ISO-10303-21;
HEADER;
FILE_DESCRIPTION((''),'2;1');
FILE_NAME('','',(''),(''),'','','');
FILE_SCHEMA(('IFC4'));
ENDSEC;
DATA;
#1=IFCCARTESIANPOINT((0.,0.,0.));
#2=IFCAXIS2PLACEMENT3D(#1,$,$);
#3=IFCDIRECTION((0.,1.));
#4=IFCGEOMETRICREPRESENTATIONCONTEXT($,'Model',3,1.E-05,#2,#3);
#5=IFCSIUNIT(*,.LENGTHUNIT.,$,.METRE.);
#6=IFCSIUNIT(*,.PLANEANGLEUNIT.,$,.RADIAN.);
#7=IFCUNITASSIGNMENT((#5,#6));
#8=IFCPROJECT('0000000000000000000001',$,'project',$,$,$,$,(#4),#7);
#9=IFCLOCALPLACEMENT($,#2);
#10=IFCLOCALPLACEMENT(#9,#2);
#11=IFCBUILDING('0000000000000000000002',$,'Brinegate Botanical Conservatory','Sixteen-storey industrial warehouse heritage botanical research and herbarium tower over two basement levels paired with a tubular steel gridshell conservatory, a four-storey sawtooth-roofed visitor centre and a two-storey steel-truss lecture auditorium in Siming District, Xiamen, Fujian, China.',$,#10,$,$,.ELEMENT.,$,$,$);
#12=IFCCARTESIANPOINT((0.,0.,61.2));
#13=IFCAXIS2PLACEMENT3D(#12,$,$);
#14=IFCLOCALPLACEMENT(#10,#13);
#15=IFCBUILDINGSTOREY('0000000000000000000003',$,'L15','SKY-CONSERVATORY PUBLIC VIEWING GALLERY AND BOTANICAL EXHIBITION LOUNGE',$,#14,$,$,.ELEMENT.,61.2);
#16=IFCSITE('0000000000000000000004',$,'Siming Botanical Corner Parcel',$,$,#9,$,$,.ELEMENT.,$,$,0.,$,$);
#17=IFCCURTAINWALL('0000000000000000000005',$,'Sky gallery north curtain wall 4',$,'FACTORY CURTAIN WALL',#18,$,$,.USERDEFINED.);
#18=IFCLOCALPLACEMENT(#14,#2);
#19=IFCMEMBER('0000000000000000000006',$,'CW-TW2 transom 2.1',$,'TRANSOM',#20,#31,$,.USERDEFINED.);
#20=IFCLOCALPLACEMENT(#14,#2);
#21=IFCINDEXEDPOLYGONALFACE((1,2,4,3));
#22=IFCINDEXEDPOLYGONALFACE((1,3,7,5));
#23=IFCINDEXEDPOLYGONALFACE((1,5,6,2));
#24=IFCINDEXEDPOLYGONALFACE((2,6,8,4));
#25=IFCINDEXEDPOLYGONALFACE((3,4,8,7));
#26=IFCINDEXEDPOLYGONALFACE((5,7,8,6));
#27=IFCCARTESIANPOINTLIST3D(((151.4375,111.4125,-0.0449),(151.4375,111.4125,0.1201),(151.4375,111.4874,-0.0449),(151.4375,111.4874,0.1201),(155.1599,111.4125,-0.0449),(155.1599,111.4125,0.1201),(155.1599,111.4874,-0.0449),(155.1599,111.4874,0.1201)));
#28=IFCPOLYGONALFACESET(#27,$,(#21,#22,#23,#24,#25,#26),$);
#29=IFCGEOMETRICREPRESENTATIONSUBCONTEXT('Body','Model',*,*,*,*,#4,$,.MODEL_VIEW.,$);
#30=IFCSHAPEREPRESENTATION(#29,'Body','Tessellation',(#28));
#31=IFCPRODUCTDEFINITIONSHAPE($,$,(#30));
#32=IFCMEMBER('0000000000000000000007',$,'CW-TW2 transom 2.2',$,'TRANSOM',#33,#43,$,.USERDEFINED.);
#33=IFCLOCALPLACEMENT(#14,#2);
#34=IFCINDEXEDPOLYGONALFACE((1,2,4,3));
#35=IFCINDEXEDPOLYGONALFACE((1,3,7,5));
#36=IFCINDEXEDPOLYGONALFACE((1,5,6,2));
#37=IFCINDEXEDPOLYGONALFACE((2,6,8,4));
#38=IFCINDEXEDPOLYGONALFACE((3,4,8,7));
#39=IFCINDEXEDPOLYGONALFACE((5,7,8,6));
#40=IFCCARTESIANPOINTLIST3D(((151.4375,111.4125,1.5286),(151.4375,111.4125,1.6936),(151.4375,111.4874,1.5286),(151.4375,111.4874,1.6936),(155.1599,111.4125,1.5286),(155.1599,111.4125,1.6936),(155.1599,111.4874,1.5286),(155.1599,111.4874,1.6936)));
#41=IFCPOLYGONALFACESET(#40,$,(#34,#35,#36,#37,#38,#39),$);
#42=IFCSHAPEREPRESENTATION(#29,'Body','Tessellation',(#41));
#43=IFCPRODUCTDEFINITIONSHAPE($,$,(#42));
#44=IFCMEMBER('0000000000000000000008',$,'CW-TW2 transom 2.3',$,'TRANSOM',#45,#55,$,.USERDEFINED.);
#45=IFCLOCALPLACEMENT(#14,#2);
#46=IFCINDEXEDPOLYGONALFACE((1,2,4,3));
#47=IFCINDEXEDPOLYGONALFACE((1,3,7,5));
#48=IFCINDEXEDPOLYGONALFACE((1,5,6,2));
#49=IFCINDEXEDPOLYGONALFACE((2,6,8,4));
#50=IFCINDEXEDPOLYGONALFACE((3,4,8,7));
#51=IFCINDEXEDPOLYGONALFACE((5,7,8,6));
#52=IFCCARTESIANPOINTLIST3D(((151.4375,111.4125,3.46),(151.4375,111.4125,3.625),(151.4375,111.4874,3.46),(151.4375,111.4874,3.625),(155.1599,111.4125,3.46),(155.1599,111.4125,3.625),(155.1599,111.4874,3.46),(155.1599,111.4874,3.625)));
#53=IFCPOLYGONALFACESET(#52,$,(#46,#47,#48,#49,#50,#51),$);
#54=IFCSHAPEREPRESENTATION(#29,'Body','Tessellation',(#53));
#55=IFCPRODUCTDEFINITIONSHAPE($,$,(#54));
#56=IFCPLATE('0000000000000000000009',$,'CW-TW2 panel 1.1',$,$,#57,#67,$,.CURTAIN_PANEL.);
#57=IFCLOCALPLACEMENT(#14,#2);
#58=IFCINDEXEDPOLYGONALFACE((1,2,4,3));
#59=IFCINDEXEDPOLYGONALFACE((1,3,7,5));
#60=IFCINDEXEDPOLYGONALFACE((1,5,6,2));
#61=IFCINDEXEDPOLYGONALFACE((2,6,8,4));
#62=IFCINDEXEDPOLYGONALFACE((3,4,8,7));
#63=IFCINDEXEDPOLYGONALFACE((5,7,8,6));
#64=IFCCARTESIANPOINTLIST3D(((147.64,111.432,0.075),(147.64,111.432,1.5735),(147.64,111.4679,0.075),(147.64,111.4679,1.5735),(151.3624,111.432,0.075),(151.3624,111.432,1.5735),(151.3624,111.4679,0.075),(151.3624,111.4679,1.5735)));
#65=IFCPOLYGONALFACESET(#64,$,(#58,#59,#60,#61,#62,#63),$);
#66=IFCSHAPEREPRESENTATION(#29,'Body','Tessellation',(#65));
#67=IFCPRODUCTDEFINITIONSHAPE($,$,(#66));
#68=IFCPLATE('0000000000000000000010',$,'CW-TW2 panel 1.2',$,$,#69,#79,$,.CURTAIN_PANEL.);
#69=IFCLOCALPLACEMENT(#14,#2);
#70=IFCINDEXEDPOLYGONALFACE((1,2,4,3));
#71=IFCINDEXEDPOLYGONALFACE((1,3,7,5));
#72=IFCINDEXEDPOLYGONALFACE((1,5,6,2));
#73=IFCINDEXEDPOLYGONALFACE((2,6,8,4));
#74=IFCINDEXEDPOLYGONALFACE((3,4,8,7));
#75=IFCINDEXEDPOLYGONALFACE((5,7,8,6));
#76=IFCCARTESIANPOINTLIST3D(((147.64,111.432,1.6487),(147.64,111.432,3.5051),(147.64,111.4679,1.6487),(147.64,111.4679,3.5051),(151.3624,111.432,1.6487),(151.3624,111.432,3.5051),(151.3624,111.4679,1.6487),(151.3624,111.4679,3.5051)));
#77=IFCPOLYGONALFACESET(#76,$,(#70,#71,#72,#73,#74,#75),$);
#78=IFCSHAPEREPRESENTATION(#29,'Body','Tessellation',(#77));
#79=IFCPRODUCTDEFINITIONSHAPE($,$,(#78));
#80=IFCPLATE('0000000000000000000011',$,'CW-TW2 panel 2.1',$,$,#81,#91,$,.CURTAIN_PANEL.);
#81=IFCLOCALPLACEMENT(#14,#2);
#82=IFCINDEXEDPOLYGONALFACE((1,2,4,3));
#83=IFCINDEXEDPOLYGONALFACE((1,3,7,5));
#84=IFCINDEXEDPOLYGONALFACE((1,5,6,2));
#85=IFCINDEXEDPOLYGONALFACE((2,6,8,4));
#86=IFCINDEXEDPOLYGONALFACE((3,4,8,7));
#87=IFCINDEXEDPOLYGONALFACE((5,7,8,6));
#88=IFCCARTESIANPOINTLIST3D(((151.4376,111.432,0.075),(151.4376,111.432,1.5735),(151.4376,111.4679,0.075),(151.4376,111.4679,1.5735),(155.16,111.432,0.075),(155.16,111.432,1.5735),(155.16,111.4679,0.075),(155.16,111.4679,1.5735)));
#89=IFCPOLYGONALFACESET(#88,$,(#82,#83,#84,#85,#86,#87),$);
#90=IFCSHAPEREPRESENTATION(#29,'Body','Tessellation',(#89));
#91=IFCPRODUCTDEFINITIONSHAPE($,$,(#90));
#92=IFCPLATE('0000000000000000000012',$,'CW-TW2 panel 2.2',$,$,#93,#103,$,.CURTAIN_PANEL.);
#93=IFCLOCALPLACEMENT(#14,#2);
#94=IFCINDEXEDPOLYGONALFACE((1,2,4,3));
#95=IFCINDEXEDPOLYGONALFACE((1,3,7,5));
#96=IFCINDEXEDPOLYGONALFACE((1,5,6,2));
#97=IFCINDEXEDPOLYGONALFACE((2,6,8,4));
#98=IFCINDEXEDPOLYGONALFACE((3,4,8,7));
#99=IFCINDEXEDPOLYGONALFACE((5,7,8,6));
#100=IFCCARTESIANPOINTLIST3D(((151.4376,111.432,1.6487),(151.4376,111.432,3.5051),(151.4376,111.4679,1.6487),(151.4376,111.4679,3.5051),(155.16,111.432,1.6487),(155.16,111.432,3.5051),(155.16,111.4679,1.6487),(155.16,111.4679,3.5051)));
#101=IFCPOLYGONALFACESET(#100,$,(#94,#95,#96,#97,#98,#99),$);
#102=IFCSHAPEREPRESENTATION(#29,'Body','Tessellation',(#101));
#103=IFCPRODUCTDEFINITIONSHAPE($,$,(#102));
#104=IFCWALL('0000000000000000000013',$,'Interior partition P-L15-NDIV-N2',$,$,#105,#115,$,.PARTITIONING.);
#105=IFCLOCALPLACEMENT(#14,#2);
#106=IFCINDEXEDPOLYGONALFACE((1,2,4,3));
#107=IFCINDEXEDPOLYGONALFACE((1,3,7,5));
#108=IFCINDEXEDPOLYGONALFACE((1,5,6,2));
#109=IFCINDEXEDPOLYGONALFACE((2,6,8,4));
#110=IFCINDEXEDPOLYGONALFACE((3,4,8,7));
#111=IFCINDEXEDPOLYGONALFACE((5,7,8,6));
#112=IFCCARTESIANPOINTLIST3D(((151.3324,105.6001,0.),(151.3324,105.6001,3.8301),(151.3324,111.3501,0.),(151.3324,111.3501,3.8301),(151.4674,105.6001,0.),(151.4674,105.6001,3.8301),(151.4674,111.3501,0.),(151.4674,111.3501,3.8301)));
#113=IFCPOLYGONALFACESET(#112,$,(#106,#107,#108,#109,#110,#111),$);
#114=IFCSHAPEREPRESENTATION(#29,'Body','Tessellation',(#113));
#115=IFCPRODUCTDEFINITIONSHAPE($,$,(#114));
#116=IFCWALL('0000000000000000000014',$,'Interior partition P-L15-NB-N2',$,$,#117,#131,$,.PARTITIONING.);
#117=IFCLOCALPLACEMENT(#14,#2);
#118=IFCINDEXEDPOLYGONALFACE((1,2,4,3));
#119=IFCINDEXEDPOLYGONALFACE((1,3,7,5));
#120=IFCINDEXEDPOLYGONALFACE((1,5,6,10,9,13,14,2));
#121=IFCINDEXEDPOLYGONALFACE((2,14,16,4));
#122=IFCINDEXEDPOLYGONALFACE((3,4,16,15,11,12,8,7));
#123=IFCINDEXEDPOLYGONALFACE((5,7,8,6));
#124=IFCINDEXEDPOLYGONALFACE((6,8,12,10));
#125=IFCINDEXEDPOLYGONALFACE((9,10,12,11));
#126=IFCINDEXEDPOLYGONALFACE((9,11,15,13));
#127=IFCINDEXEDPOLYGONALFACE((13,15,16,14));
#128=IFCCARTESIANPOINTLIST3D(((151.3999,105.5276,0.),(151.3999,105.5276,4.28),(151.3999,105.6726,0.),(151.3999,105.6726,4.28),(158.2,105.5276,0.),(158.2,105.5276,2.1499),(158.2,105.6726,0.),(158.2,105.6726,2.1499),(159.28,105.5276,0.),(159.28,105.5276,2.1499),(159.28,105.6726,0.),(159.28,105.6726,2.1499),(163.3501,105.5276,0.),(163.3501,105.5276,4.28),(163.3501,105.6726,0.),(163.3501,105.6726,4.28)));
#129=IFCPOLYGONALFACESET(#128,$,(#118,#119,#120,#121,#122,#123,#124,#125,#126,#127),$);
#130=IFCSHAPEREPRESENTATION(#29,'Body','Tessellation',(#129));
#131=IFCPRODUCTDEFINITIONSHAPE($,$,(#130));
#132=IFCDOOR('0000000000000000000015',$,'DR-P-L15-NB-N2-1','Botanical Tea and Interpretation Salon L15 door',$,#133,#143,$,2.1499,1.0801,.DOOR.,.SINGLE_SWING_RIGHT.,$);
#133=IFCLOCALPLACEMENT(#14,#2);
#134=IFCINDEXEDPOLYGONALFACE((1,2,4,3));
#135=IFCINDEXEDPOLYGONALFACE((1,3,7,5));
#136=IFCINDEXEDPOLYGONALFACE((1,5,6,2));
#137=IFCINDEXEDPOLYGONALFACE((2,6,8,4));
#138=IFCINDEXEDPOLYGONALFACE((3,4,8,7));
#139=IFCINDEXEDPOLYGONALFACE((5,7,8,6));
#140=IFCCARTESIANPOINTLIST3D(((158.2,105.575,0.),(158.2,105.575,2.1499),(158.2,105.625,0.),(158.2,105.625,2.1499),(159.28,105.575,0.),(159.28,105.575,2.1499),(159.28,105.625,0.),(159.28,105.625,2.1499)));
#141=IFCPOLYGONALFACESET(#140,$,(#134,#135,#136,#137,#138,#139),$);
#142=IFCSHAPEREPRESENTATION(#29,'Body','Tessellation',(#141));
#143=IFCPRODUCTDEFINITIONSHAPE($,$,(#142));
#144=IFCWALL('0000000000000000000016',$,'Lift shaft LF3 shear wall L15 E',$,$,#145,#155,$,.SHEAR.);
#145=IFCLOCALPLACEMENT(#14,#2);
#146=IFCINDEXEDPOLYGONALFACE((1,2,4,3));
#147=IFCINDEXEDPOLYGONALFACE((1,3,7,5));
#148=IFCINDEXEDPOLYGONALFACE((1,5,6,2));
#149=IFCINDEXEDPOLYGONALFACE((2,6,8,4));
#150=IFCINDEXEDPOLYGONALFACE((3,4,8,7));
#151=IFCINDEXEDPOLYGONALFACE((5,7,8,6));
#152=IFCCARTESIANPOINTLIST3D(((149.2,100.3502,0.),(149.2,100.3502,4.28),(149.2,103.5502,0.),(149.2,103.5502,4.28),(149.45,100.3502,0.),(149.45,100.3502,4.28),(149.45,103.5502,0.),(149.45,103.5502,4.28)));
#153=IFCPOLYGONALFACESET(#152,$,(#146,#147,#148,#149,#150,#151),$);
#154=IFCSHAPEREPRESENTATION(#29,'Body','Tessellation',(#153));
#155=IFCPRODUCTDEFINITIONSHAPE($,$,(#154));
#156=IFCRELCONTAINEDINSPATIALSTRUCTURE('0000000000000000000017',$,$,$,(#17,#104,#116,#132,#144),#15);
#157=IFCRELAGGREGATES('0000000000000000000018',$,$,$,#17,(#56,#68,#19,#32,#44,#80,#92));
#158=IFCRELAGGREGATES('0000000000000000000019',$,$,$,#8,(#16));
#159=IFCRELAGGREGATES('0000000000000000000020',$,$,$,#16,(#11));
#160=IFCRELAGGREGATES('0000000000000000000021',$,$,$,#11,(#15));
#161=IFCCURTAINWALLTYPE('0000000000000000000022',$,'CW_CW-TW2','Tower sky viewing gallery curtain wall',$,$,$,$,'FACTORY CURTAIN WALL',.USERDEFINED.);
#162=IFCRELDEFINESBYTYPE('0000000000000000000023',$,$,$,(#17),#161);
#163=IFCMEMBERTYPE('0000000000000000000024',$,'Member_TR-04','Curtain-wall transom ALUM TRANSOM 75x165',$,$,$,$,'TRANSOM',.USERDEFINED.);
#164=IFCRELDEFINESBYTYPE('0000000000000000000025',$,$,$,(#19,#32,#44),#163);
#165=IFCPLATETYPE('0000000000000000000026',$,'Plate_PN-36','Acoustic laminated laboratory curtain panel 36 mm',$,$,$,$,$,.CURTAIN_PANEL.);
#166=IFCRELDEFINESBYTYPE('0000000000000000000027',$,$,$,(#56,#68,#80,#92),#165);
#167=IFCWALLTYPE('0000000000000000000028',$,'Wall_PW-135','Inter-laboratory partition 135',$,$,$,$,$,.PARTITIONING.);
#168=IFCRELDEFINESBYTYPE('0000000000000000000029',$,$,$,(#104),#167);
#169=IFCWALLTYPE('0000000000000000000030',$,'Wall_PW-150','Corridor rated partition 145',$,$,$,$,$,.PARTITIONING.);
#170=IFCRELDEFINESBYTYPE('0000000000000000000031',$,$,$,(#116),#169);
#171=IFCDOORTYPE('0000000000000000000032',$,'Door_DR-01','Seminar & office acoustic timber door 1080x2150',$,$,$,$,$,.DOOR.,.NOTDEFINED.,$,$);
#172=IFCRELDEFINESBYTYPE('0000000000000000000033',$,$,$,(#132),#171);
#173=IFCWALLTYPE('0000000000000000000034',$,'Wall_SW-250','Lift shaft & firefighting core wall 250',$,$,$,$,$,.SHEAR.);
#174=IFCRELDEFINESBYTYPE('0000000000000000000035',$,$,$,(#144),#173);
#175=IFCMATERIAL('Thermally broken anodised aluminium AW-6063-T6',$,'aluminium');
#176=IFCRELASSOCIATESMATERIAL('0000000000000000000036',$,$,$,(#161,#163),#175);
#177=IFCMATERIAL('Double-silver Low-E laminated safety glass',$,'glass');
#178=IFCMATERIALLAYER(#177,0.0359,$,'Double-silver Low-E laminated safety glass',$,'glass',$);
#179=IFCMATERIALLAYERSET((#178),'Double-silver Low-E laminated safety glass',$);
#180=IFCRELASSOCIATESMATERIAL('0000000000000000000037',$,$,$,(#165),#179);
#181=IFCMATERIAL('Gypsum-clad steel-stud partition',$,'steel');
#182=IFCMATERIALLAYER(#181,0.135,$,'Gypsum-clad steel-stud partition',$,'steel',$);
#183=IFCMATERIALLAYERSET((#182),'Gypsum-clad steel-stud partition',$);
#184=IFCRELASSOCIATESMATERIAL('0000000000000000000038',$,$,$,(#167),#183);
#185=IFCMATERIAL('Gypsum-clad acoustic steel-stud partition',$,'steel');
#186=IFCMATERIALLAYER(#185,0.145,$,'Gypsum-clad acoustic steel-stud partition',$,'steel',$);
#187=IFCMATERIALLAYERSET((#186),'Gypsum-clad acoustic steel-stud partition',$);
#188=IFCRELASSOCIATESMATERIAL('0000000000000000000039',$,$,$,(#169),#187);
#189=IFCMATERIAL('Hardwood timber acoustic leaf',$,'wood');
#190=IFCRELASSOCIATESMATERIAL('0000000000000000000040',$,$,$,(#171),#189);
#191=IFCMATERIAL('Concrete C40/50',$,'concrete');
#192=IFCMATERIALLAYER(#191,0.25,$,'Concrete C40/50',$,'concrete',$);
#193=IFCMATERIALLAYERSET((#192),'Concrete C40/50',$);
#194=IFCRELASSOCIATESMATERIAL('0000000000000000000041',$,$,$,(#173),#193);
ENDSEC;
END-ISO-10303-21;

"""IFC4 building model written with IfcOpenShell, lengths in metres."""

from ifc_helpers import new_model, si_unit, direction, frame, frame_2d, origin, origin_2d, place, context, subcontext, project, spatial, rectangle, extrude, material, layer, layer_set, material_profile, profile_set, type_object, element, fill, aggregate, save


model = new_model("IFC4")

# Units and contexts
model_context = context("Model", 3, precision=1e-05, world=origin(), true_north=direction((0.0, 1.0)))
body_context = subcontext(model_context, "Body", "Model", "MODEL_VIEW")
ifc_project = project(units=[si_unit("LENGTHUNIT", "METRE"), si_unit("PLANEANGLEUNIT", "RADIAN")], contexts=[model_context])

# Site, building, storey
site_placement = place(None, origin())
site = spatial("IfcSite", under=ifc_project, at=site_placement, Name="Siming Botanical Corner Parcel", CompositionType="ELEMENT", RefElevation=0.0)
building_placement = place(site_placement, origin())
building = spatial("IfcBuilding", under=site, at=building_placement, Name="Brinegate Botanical Conservatory", Description="Sixteen-storey industrial warehouse heritage botanical research and herbarium tower over two basement levels paired with a tubular steel gridshell conservatory, a four-storey sawtooth-roofed visitor centre and a two-storey steel-truss lecture auditorium in Siming District, Xiamen, Fujian, China.", CompositionType="ELEMENT")
storey_placement = place(building_placement, frame((0.0, 0.0, 61.2)))
storey = spatial("IfcBuildingStorey", under=building, at=storey_placement, Name="L15", Description="SKY-CONSERVATORY PUBLIC VIEWING GALLERY AND BOTANICAL EXHIBITION LOUNGE", CompositionType="ELEMENT", Elevation=61.2)

# Shared definitions
ifc_material_1 = material(Name="Concrete C40/50", Category="concrete")

# Curtain wall, members, plates
ifc_material_2 = material(Name="Thermally broken anodised aluminium AW-6063-T6", Category="aluminium")
curtain_wall_type = type_object("IfcCurtainWallType", Name="CW_CW-TW2", Description="Tower sky viewing gallery curtain wall", ElementType="FACTORY CURTAIN WALL", PredefinedType="USERDEFINED", material=ifc_material_2)
curtain_wall_placement = place(storey_placement, origin())
curtain_wall = element("IfcCurtainWall", 1, at=curtain_wall_placement, inside=storey, type_object=curtain_wall_type, Name="Sky gallery north curtain wall 4", ObjectType="FACTORY CURTAIN WALL", PredefinedType="USERDEFINED")
ifc_material_profile_1 = material_profile(ifc_material_2, rectangle(XDim=0.075, YDim=0.165, at=origin_2d()), Name="ALUM TRANSOM 75x165")
ifc_profile_set_1 = profile_set([ifc_material_profile_1], Name="Thermally broken anodised aluminium AW-6063-T6")
member_type_1 = type_object("IfcMemberType", Name="Member_TR-04", Description="Curtain-wall transom ALUM TRANSOM 75x165", ElementType="TRANSOM", PredefinedType="USERDEFINED", material=ifc_profile_set_1)
member_1_placement = place(storey_placement, frame((151.4375, 111.45, 0.0376), z_axis=(1.0, 0.0, 0.0), x_axis=(0.0, 1.0, 0.0)))
member_1 = element("IfcMember", 2, at=member_1_placement, type_object=member_type_1, Name="CW-TW2 transom 2.1", ObjectType="TRANSOM", PredefinedType="USERDEFINED", context=body_context, shape_type="SweptSolid", body=[
    extrude(rectangle(XDim=0.075, YDim=0.165, at=origin_2d()), origin(), (0.0, 0.0, 1.0), 3.7224),
])
member_2_placement = place(storey_placement, frame((151.4375, 111.45, 1.6111), z_axis=(1.0, 0.0, 0.0), x_axis=(0.0, 1.0, 0.0)))
member_2 = element("IfcMember", 3, at=member_2_placement, type_object=member_type_1, Name="CW-TW2 transom 2.2", ObjectType="TRANSOM", PredefinedType="USERDEFINED", context=body_context, shape_type="SweptSolid", body=[
    extrude(rectangle(XDim=0.075, YDim=0.165, at=origin_2d()), origin(), (0.0, 0.0, 1.0), 3.7224),
])
member_3_placement = place(storey_placement, frame((151.4375, 111.45, 3.5425), z_axis=(1.0, 0.0, 0.0), x_axis=(0.0, 1.0, 0.0)))
member_3 = element("IfcMember", 4, at=member_3_placement, type_object=member_type_1, Name="CW-TW2 transom 2.3", ObjectType="TRANSOM", PredefinedType="USERDEFINED", context=body_context, shape_type="SweptSolid", body=[
    extrude(rectangle(XDim=0.075, YDim=0.165, at=origin_2d()), origin(), (0.0, 0.0, 1.0), 3.7224),
])
ifc_material_3 = material(Name="Double-silver Low-E laminated safety glass", Category="glass")
ifc_layer_1 = layer(ifc_material_3, 0.0359, Name="Double-silver Low-E laminated safety glass", Category="glass")
ifc_layer_set_1 = layer_set([ifc_layer_1], Name="Double-silver Low-E laminated safety glass")
plate_type = type_object("IfcPlateType", Name="Plate_PN-36", Description="Acoustic laminated laboratory curtain panel 36 mm", PredefinedType="CURTAIN_PANEL", material=ifc_layer_set_1)
plate_1_placement = place(storey_placement, frame((149.5012, 111.45, 0.075), z_axis=(0.0, 0.0, 1.0), x_axis=(1.0, 0.0, 0.0)))
plate_1 = element("IfcPlate", 5, at=plate_1_placement, type_object=plate_type, Name="CW-TW2 panel 1.1", PredefinedType="CURTAIN_PANEL", context=body_context, shape_type="SweptSolid", body=[
    extrude(rectangle(XDim=3.7224, YDim=0.0359, at=origin_2d()), origin(), (0.0, 0.0, 1.0), 1.4985),
])
plate_2_placement = place(storey_placement, frame((149.5012, 111.45, 1.6487), z_axis=(0.0, 0.0, 1.0), x_axis=(1.0, 0.0, 0.0)))
plate_2 = element("IfcPlate", 6, at=plate_2_placement, type_object=plate_type, Name="CW-TW2 panel 1.2", PredefinedType="CURTAIN_PANEL", context=body_context, shape_type="SweptSolid", body=[
    extrude(rectangle(XDim=3.7224, YDim=0.0359, at=origin_2d()), origin(), (0.0, 0.0, 1.0), 1.8564),
])
plate_3_placement = place(storey_placement, frame((153.2988, 111.45, 0.075), z_axis=(0.0, 0.0, 1.0), x_axis=(1.0, 0.0, 0.0)))
plate_3 = element("IfcPlate", 7, at=plate_3_placement, type_object=plate_type, Name="CW-TW2 panel 2.1", PredefinedType="CURTAIN_PANEL", context=body_context, shape_type="SweptSolid", body=[
    extrude(rectangle(XDim=3.7224, YDim=0.0359, at=origin_2d()), origin(), (0.0, 0.0, 1.0), 1.4985),
])
plate_4_placement = place(storey_placement, frame((153.2988, 111.45, 1.6487), z_axis=(0.0, 0.0, 1.0), x_axis=(1.0, 0.0, 0.0)))
plate_4 = element("IfcPlate", 8, at=plate_4_placement, type_object=plate_type, Name="CW-TW2 panel 2.2", PredefinedType="CURTAIN_PANEL", context=body_context, shape_type="SweptSolid", body=[
    extrude(rectangle(XDim=3.7224, YDim=0.0359, at=origin_2d()), origin(), (0.0, 0.0, 1.0), 1.8564),
])
aggregate(curtain_wall, [plate_1, plate_2, member_1, member_2, member_3, plate_3, plate_4])

# Wall
ifc_material_4 = material(Name="Gypsum-clad steel-stud partition", Category="steel")
ifc_layer_2 = layer(ifc_material_4, 0.135, Name="Gypsum-clad steel-stud partition", Category="steel")
ifc_layer_set_2 = layer_set([ifc_layer_2], Name="Gypsum-clad steel-stud partition")
wall_type_1 = type_object("IfcWallType", Name="Wall_PW-135", Description="Inter-laboratory partition 135", PredefinedType="PARTITIONING", material=ifc_layer_set_2)
wall_1_placement = place(storey_placement, frame((151.3999, 105.6001, 0.0), z_axis=(0.0, 0.0, 1.0), x_axis=(0.0, 1.0, 0.0)))
element("IfcWall", 9, at=wall_1_placement, inside=storey, type_object=wall_type_1, Name="Interior partition P-L15-NDIV-N2", PredefinedType="PARTITIONING", context=body_context, shape_type="SweptSolid", body=[
    extrude(rectangle(XDim=5.75, YDim=0.135, at=frame_2d((2.875, 0.0))), origin(), (0.0, 0.0, 1.0), 3.8301),
])

# Wall, opening, door
ifc_material_5 = material(Name="Gypsum-clad acoustic steel-stud partition", Category="steel")
ifc_layer_3 = layer(ifc_material_5, 0.145, Name="Gypsum-clad acoustic steel-stud partition", Category="steel")
ifc_layer_set_3 = layer_set([ifc_layer_3], Name="Gypsum-clad acoustic steel-stud partition")
wall_type_2 = type_object("IfcWallType", Name="Wall_PW-150", Description="Corridor rated partition 145", PredefinedType="PARTITIONING", material=ifc_layer_set_3)
wall_2_placement = place(storey_placement, frame((151.3999, 105.6001, 0.0), z_axis=(0.0, 0.0, 1.0), x_axis=(1.0, 0.0, 0.0)))
wall_2 = element("IfcWall", 10, at=wall_2_placement, inside=storey, type_object=wall_type_2, Name="Interior partition P-L15-NB-N2", PredefinedType="PARTITIONING", context=body_context, shape_type="SweptSolid", body=[
    extrude(rectangle(XDim=11.9502, YDim=0.145, at=frame_2d((5.9751, 0.0))), origin(), (0.0, 0.0, 1.0), 4.28),
])
opening_1_placement = place(wall_2_placement, frame((6.8, 0.0, 0.0)))
opening_1 = element("IfcOpeningElement", 11, at=opening_1_placement, cuts=wall_2, PredefinedType="OPENING", context=body_context, shape_type="SweptSolid", body=[
    extrude(rectangle(XDim=1.0801, YDim=2.1499, at=frame_2d((0.54, 1.075))), frame((0.0, 0.0825, 0.0), z_axis=(0.0, -1.0, 0.0), x_axis=(1.0, 0.0, 0.0)), (0.0, 0.0, 1.0), 0.165),
])
ifc_material_6 = material(Name="Hardwood timber acoustic leaf", Category="wood")
door_type_1 = type_object("IfcDoorType", Name="Door_DR-01", Description="Seminar & office acoustic timber door 1080x2150", OperationType="NOTDEFINED", PredefinedType="DOOR", material=ifc_material_6)
door_1_placement = place(opening_1_placement, origin())
door_1 = element("IfcDoor", 12, at=door_1_placement, inside=storey, type_object=door_type_1, Name="DR-P-L15-NB-N2-1", Description="Botanical Tea and Interpretation Salon L15 door", OperationType="SINGLE_SWING_RIGHT", OverallHeight=2.1499, OverallWidth=1.0801, PredefinedType="DOOR", context=body_context, shape_type="SweptSolid", body=[
    extrude(rectangle(XDim=1.0801, YDim=2.1499, at=frame_2d((0.54, 1.075))), frame((0.0, 0.0249, 0.0), z_axis=(0.0, -1.0, 0.0), x_axis=(1.0, 0.0, 0.0)), (0.0, 0.0, 1.0), 0.05),
])
fill(opening_1, door_1)

# Wall
ifc_layer_4 = layer(ifc_material_1, 0.25, Name="Concrete C40/50", Category="concrete")
ifc_layer_set_4 = layer_set([ifc_layer_4], Name="Concrete C40/50")
wall_type_3 = type_object("IfcWallType", Name="Wall_SW-250", Description="Lift shaft & firefighting core wall 250", PredefinedType="SHEAR", material=ifc_layer_set_4)
wall_3_placement = place(storey_placement, frame((149.325, 100.3501, 0.0), z_axis=(0.0, 0.0, 1.0), x_axis=(0.0, 1.0, 0.0)))
element("IfcWall", 13, at=wall_3_placement, inside=storey, type_object=wall_type_3, Name="Lift shaft LF3 shear wall L15 E", PredefinedType="SHEAR", context=body_context, shape_type="SweptSolid", body=[
    extrude(rectangle(XDim=3.2, YDim=0.25, at=frame_2d((1.6001, 0.0))), origin(), (0.0, 0.0, 1.0), 4.28),
])

save(model, "model.ifc")
